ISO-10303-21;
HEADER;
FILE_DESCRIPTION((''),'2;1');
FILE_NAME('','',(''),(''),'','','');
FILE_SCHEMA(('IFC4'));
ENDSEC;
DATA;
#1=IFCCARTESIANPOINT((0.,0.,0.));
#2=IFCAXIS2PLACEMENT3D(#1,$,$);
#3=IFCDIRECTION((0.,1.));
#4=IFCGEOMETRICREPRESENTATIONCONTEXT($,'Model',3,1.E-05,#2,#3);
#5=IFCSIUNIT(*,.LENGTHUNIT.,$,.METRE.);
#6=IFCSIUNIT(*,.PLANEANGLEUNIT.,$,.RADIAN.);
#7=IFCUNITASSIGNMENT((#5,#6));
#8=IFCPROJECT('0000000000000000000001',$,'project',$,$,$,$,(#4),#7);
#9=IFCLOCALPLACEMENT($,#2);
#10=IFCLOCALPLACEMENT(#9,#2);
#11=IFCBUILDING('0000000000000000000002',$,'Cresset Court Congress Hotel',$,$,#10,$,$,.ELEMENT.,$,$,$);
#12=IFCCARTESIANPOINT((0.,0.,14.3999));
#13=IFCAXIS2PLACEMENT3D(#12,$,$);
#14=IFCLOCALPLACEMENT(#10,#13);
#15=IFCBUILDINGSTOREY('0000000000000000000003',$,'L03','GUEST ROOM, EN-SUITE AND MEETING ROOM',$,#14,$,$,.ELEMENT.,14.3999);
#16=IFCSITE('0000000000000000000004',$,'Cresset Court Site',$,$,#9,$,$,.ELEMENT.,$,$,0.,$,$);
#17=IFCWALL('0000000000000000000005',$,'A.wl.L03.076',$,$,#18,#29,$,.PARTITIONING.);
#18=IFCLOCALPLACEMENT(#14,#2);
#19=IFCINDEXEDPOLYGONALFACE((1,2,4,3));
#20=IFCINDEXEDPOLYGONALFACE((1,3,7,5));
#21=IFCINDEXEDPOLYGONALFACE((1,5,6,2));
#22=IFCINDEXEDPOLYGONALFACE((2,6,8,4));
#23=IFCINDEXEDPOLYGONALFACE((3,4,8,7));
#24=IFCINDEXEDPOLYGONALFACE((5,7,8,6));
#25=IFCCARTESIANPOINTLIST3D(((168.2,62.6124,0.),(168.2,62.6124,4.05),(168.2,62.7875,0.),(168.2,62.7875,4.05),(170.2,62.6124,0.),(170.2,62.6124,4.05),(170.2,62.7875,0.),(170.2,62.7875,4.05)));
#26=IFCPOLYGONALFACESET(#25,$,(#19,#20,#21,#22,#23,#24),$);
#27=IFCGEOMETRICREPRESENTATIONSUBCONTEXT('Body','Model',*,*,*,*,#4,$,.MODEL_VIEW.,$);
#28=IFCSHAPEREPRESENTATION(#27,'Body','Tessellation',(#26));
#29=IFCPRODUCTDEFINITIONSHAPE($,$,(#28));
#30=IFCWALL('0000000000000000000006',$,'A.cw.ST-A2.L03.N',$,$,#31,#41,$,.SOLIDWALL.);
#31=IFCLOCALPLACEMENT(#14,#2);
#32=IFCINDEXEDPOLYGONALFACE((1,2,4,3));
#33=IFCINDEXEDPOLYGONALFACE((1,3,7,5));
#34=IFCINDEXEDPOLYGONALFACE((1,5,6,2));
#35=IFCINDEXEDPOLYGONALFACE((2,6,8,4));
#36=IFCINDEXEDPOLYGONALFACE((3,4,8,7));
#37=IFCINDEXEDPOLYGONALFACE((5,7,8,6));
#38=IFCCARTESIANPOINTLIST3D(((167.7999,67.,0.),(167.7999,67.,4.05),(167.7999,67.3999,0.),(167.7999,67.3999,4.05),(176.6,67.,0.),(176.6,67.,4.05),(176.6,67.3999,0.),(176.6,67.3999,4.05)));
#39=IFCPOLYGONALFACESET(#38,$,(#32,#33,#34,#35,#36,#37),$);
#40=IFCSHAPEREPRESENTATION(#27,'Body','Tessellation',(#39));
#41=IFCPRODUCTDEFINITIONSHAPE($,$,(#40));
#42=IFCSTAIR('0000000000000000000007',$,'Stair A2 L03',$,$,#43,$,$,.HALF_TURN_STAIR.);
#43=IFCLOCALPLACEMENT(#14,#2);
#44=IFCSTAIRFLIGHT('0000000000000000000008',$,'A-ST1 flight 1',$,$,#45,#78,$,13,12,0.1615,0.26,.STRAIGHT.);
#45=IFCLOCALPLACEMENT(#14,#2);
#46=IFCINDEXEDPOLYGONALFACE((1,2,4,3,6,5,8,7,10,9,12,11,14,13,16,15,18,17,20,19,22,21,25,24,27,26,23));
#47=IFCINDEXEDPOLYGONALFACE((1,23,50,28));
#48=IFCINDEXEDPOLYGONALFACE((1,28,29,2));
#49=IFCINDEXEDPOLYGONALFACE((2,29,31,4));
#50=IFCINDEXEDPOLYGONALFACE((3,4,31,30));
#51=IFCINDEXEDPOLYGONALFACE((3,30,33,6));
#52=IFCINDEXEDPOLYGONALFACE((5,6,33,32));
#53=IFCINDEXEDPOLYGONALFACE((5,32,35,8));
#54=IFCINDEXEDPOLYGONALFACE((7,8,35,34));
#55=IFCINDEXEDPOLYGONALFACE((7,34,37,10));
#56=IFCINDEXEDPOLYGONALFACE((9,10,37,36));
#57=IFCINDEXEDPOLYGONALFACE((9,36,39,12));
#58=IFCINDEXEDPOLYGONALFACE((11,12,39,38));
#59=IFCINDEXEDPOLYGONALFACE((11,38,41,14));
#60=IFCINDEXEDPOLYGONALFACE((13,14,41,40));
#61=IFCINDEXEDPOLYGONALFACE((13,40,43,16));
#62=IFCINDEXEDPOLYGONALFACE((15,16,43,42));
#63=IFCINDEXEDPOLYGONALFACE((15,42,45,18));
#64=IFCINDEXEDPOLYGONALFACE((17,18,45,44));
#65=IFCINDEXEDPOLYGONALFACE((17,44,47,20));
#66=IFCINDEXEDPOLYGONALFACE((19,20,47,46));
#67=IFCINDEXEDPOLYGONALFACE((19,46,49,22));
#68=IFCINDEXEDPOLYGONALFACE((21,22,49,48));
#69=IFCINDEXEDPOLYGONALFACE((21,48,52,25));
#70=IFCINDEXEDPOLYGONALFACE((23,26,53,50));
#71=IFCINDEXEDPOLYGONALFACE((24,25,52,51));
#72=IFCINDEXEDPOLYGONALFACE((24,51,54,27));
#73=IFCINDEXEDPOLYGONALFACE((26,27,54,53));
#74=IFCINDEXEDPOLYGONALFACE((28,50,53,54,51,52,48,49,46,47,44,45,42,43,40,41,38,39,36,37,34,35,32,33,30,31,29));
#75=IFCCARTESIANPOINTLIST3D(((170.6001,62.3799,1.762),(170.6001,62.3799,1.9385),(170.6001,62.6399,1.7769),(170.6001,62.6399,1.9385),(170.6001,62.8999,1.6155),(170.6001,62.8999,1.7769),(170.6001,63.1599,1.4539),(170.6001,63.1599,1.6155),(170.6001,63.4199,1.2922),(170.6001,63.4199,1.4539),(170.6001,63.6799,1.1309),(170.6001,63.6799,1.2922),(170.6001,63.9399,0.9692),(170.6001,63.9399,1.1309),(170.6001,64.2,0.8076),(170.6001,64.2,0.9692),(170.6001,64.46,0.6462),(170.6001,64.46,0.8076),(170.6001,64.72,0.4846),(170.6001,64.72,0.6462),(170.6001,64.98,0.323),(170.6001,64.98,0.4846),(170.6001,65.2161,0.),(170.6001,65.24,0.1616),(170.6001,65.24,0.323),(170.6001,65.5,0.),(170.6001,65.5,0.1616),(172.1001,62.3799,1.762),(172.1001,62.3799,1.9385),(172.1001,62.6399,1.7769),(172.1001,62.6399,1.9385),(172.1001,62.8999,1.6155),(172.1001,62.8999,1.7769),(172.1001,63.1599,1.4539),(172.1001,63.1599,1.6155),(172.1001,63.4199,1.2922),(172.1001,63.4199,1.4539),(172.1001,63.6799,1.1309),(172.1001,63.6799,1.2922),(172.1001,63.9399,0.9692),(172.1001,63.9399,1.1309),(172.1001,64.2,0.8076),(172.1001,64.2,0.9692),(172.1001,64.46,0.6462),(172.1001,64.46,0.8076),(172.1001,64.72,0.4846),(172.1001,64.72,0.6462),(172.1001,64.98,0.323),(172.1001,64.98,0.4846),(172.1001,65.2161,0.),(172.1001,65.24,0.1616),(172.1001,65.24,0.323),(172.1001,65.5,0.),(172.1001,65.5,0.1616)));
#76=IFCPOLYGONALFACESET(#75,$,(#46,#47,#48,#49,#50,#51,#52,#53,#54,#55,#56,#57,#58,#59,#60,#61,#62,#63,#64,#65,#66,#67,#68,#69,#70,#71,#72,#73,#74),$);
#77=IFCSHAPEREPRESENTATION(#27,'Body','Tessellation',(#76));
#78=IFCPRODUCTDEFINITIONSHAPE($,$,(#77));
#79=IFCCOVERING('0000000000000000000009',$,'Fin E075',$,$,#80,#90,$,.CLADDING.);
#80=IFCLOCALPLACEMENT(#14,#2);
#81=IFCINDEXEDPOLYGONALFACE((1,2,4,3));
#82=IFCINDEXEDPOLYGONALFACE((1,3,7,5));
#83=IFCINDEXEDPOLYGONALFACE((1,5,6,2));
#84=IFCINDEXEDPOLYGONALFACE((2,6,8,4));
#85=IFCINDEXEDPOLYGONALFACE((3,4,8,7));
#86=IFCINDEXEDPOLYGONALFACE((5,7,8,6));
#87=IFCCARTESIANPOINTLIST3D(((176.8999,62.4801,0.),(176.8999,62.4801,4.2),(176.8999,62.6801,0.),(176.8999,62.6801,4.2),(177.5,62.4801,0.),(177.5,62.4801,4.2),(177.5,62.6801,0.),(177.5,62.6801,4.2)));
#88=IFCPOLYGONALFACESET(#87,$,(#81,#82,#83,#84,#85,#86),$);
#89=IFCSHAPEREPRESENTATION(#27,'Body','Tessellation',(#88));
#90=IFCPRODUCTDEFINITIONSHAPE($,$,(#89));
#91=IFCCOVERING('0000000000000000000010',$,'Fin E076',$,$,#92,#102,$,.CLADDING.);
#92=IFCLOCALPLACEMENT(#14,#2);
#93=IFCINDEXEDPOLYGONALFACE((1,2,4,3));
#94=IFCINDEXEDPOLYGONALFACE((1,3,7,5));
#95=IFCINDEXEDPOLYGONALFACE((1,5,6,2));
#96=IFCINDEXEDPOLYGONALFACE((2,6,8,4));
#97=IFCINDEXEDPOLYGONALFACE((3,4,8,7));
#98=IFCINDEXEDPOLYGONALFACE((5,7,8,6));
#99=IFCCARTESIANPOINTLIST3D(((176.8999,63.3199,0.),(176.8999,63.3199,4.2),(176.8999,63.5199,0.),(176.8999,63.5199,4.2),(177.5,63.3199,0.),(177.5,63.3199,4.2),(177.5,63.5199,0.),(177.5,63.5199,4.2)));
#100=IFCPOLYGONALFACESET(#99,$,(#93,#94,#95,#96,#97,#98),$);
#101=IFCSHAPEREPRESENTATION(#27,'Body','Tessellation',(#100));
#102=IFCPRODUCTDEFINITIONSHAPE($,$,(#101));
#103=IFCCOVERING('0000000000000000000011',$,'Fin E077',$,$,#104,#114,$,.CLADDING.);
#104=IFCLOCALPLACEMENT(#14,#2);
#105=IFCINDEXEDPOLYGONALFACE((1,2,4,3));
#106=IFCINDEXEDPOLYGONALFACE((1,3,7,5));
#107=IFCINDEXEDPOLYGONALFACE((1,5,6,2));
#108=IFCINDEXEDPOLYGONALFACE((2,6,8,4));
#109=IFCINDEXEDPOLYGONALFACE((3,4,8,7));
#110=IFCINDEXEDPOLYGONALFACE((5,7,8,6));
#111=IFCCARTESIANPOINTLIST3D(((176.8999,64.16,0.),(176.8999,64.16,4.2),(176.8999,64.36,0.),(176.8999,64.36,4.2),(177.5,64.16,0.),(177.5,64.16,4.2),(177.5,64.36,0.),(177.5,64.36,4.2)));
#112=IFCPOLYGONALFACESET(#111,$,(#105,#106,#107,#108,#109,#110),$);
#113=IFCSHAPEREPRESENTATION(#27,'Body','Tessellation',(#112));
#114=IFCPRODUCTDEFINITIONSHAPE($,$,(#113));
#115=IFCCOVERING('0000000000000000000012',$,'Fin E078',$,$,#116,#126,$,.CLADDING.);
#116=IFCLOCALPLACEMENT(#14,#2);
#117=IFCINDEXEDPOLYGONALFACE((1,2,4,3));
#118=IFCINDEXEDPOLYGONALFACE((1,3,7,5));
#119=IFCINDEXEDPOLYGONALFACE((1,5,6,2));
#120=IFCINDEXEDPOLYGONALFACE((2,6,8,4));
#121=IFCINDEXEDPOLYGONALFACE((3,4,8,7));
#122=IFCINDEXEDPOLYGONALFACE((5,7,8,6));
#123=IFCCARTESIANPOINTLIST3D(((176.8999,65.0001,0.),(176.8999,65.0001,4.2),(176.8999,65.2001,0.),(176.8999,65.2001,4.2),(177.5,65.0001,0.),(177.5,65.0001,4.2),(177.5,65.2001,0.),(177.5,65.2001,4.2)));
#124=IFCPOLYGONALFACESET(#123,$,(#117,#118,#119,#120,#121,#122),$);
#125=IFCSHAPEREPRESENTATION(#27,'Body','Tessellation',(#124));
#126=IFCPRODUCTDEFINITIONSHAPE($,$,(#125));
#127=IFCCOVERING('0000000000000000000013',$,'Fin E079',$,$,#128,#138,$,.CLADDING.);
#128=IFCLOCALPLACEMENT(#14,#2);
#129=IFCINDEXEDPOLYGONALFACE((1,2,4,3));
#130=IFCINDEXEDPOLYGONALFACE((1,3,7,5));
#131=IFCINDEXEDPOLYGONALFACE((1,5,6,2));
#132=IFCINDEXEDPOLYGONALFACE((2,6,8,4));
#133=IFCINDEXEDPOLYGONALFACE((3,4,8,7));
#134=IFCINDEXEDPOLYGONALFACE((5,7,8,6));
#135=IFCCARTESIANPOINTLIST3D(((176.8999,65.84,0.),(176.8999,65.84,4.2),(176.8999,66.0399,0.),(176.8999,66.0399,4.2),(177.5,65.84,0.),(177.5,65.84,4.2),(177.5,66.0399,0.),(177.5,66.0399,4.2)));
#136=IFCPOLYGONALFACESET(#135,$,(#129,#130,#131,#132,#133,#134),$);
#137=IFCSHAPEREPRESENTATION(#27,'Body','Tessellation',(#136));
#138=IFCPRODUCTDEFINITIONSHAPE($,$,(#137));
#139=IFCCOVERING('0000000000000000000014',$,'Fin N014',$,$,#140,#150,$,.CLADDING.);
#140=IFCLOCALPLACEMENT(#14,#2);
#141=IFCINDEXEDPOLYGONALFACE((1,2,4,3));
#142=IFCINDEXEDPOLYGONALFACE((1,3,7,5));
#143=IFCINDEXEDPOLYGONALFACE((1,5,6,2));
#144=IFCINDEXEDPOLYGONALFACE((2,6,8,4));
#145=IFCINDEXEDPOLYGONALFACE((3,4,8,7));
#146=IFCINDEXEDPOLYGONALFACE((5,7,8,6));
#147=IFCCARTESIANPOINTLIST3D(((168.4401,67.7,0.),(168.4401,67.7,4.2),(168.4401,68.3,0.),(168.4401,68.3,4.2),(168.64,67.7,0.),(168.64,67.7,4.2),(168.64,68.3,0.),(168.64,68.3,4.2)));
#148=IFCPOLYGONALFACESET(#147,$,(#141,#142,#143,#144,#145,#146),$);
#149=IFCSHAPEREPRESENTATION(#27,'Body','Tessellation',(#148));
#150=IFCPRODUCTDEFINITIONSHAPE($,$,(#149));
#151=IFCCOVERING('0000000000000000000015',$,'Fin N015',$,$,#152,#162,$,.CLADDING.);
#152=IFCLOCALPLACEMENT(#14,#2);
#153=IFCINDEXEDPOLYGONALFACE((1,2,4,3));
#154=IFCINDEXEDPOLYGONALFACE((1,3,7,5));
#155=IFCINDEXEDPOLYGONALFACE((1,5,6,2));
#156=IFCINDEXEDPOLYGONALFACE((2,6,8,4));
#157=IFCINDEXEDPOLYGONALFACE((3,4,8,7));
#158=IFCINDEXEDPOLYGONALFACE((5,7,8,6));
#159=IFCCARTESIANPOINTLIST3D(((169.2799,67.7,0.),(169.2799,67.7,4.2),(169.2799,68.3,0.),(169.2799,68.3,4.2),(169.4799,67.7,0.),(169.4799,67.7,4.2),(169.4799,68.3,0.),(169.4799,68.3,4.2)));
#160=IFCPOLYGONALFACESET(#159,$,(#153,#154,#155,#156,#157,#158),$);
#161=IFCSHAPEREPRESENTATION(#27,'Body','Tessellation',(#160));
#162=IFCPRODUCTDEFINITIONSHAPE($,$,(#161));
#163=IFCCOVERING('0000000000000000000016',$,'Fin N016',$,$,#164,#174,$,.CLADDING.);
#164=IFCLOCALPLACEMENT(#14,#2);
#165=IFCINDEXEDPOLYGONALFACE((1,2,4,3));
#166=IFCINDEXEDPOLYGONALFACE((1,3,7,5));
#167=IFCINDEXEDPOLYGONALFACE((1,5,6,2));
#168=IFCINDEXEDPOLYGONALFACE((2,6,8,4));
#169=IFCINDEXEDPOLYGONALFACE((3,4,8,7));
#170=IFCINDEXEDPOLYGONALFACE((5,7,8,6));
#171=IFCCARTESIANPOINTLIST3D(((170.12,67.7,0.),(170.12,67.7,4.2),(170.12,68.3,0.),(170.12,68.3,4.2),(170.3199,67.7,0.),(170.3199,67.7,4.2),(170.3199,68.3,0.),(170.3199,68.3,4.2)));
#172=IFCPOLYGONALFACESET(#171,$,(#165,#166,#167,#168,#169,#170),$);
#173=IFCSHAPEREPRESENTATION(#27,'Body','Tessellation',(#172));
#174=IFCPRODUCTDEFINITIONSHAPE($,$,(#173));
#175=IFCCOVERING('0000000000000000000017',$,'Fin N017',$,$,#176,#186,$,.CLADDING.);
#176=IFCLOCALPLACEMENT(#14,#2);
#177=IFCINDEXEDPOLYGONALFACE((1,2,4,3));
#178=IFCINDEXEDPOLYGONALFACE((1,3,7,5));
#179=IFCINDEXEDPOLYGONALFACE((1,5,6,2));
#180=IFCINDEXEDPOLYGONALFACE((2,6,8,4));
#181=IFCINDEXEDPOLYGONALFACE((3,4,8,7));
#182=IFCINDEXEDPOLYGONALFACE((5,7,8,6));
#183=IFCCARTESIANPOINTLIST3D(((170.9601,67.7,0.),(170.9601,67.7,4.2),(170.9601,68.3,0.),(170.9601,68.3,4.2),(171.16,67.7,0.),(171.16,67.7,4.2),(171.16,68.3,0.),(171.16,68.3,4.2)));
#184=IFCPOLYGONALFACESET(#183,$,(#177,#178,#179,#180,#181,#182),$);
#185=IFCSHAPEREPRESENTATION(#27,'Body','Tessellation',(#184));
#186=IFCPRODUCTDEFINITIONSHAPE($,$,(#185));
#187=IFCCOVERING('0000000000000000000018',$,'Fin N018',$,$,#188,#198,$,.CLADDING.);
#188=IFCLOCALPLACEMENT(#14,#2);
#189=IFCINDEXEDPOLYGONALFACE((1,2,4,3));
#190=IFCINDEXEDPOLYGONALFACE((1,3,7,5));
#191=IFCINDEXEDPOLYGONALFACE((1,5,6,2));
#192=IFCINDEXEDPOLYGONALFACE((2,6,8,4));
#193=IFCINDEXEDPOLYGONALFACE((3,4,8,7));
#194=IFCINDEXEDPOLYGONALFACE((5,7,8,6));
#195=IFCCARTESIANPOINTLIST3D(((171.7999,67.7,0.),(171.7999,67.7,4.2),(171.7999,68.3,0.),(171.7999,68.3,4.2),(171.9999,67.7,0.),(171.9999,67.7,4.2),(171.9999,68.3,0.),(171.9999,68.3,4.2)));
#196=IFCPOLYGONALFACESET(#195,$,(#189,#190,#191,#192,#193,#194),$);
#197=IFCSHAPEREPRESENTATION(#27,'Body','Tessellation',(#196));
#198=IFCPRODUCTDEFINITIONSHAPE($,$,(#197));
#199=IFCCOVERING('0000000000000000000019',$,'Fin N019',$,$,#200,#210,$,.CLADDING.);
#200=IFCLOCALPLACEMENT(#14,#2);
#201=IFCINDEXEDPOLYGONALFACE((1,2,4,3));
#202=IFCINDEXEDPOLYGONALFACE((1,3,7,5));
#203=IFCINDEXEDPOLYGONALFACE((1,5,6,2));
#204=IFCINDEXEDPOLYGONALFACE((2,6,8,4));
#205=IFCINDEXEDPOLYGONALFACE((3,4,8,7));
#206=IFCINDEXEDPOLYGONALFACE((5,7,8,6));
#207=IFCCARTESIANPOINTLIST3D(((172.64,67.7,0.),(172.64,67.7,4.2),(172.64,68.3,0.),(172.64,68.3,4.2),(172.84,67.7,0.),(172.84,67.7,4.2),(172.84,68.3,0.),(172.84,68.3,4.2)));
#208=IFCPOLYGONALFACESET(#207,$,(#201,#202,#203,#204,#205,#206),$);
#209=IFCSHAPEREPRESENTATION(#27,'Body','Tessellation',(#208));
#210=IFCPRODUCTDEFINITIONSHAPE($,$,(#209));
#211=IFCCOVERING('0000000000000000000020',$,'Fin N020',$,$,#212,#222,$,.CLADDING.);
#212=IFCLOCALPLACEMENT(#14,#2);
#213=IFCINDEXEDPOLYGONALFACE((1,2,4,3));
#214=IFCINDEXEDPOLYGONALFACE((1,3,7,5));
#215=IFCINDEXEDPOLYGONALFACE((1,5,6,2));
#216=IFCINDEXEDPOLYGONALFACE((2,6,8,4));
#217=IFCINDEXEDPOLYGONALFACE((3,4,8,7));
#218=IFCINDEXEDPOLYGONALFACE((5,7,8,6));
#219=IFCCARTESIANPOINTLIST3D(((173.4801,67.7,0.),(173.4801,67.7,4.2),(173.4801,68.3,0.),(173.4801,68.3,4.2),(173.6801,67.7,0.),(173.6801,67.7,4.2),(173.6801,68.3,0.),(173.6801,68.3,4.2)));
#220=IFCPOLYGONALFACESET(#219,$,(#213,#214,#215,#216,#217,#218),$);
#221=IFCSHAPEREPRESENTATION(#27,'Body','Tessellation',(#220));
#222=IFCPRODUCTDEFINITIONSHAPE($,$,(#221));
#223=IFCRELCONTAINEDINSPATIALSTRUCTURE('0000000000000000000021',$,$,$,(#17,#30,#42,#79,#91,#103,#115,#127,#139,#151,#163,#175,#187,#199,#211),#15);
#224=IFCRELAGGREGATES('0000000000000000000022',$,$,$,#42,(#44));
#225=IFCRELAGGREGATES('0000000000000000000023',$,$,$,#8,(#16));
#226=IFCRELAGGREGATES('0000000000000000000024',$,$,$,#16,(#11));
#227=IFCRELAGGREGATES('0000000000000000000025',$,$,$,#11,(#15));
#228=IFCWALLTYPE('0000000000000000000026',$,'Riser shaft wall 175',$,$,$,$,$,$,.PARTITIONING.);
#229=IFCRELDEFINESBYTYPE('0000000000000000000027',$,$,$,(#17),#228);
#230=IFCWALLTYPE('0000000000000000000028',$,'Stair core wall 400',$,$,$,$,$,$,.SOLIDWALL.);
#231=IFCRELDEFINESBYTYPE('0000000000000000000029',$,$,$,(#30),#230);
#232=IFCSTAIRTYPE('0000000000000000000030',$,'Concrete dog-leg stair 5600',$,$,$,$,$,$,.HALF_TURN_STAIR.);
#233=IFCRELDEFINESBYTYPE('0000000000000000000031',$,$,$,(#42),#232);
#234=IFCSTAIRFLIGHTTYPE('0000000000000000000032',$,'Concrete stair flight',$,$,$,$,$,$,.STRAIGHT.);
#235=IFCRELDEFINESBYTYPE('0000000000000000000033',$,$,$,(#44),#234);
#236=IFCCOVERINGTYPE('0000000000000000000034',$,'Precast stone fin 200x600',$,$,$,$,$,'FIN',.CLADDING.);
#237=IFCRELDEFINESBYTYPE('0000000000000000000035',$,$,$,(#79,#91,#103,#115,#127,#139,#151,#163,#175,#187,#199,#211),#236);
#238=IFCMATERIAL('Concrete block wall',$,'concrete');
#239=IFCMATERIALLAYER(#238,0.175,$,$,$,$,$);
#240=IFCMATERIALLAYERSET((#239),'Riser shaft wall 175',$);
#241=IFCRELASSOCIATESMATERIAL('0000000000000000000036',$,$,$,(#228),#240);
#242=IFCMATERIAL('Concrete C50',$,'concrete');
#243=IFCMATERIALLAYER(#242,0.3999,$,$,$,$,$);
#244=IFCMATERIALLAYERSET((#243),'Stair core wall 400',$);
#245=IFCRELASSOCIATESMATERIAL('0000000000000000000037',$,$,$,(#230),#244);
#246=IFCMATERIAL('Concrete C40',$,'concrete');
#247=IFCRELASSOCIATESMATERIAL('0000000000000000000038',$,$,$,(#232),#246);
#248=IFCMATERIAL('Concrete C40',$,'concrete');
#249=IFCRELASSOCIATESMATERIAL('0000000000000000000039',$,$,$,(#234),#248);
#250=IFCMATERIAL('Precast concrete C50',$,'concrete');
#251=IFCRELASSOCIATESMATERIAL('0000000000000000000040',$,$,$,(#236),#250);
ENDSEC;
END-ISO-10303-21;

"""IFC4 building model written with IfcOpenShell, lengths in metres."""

from ifc_helpers import new_model, si_unit, direction, frame, frame_2d, origin, origin_2d, place, context, subcontext, project, spatial, polyline, rectangle, outline, extrude, material, layer, layer_set, type_object, element, aggregate, save


model = new_model("IFC4")

# Units and contexts
model_context = context("Model", 3, precision=1e-05, world=origin(), true_north=direction((0.0, 1.0)))
body_context = subcontext(model_context, "Body", "Model", "MODEL_VIEW")
ifc_project = project(units=[si_unit("LENGTHUNIT", "METRE"), si_unit("PLANEANGLEUNIT", "RADIAN")], contexts=[model_context])

# Site, building, storey
site_placement = place(None, origin())
site = spatial("IfcSite", under=ifc_project, at=site_placement, Name="Cresset Court Site", CompositionType="ELEMENT", RefElevation=0.0)
building_placement = place(site_placement, origin())
building = spatial("IfcBuilding", under=site, at=building_placement, Name="Cresset Court Congress Hotel", CompositionType="ELEMENT")
storey_placement = place(building_placement, frame((0.0, 0.0, 14.3999)))
storey = spatial("IfcBuildingStorey", under=building, at=storey_placement, Name="L03", Description="GUEST ROOM, EN-SUITE AND MEETING ROOM", CompositionType="ELEMENT", Elevation=14.3999)

# Walls
ifc_material_1 = material(Name="Concrete block wall", Category="concrete")
ifc_layer_1 = layer(ifc_material_1, 0.175)
ifc_layer_set_1 = layer_set([ifc_layer_1], Name="Riser shaft wall 175")
wall_type_1 = type_object("IfcWallType", Name="Riser shaft wall 175", PredefinedType="PARTITIONING", material=ifc_layer_set_1)
wall_1_placement = place(storey_placement, frame((168.2, 62.7, 0.0), z_axis=(0.0, 0.0, 1.0), x_axis=(1.0, 0.0, 0.0)))
element("IfcWall", 1, at=wall_1_placement, inside=storey, type_object=wall_type_1, Name="A.wl.L03.076", PredefinedType="PARTITIONING", context=body_context, shape_type="SweptSolid", body=[
    extrude(rectangle(XDim=2.0, YDim=0.175, at=frame_2d((1.0, 0.0))), origin(), (0.0, 0.0, 1.0), 4.05),
])
ifc_material_2 = material(Name="Concrete C50", Category="concrete")
ifc_layer_2 = layer(ifc_material_2, 0.3999)
ifc_layer_set_2 = layer_set([ifc_layer_2], Name="Stair core wall 400")
wall_type_2 = type_object("IfcWallType", Name="Stair core wall 400", PredefinedType="SOLIDWALL", material=ifc_layer_set_2)
wall_2_placement = place(storey_placement, frame((167.8, 67.2, 0.0), z_axis=(0.0, 0.0, 1.0), x_axis=(1.0, 0.0, 0.0)))
element("IfcWall", 2, at=wall_2_placement, inside=storey, type_object=wall_type_2, Name="A.cw.ST-A2.L03.N", PredefinedType="SOLIDWALL", context=body_context, shape_type="SweptSolid", body=[
    extrude(rectangle(XDim=8.8, YDim=0.3999, at=frame_2d((4.3999, 0.0))), origin(), (0.0, 0.0, 1.0), 4.05),
])

# Stair, stair flight
ifc_material_3 = material(Name="Concrete C40", Category="concrete")
stair_type = type_object("IfcStairType", Name="Concrete dog-leg stair 5600", PredefinedType="HALF_TURN_STAIR", material=ifc_material_3)
stair_placement = place(storey_placement, origin())
stair = element("IfcStair", 3, at=stair_placement, inside=storey, type_object=stair_type, Name="Stair A2 L03", PredefinedType="HALF_TURN_STAIR")
ifc_material_4 = material(Name="Concrete C40", Category="concrete")
stair_flight_type = type_object("IfcStairFlightType", Name="Concrete stair flight", PredefinedType="STRAIGHT", material=ifc_material_4)
stair_flight_placement = place(storey_placement, frame((171.3501, 65.5, 0.0), z_axis=(0.0, 0.0, 1.0), x_axis=(0.0, -1.0, 0.0)))
stair_flight = element("IfcStairFlight", 4, at=stair_flight_placement, type_object=stair_flight_type, Name="A-ST1 flight 1", NumberOfRisers=13, NumberOfTreads=12, PredefinedType="STRAIGHT", RiserHeight=0.1615, TreadLength=0.26, context=body_context, shape_type="SweptSolid", body=[
    extrude(outline(polyline([(0.0, 0.0), (0.0, 0.1616), (0.26, 0.1616), (0.26, 0.323), (0.52, 0.323), (0.52, 0.4846), (0.78, 0.4846), (0.78, 0.6462), (1.04, 0.6462), (1.04, 0.8076), (1.3, 0.8076), (1.3, 0.9692), (1.5601, 0.9692), (1.5601, 1.1309), (1.8201, 1.1309), (1.8201, 1.2922), (2.0801, 1.2922), (2.0801, 1.4539), (2.3401, 1.4539), (2.3401, 1.6155), (2.6001, 1.6155), (2.6001, 1.7769), (2.8601, 1.7769), (2.8601, 1.9385), (3.1201, 1.9385), (3.1201, 2.1001), (3.1201, 1.762), (0.2839, 0.0), (0.0, 0.0)])), frame((0.0, 0.75, 0.0), z_axis=(0.0, -1.0, 0.0), x_axis=(1.0, 0.0, 0.0)), (0.0, 0.0, 1.0), 1.5),
])
aggregate(stair, [stair_flight])

# Coverings
ifc_material_5 = material(Name="Precast concrete C50", Category="concrete")
covering_type_1 = type_object("IfcCoveringType", Name="Precast stone fin 200x600", ElementType="FIN", PredefinedType="CLADDING", material=ifc_material_5)
for number, where, z_axis, x_axis, name in (
    (5, (177.2, 62.5801, 0.0), (0.0, 0.0, 1.0), (1.0, 0.0, 0.0), "Fin E075"),
    (6, (177.2, 63.4199, 0.0), (0.0, 0.0, 1.0), (1.0, 0.0, 0.0), "Fin E076"),
    (7, (177.2, 64.26, 0.0), (0.0, 0.0, 1.0), (1.0, 0.0, 0.0), "Fin E077"),
    (8, (177.2, 65.1001, 0.0), (0.0, 0.0, 1.0), (1.0, 0.0, 0.0), "Fin E078"),
    (9, (177.2, 65.9399, 0.0), (0.0, 0.0, 1.0), (1.0, 0.0, 0.0), "Fin E079"),
):
    element("IfcCovering", number, at=place(storey_placement, frame(where, z_axis=z_axis, x_axis=x_axis)), inside=storey, type_object=covering_type_1, Name=name, PredefinedType="CLADDING", context=body_context, shape_type="SweptSolid", body=[
        extrude(rectangle(XDim=0.6001, YDim=0.2, at=origin_2d()), origin(), (0.0, 0.0, 1.0), 4.2),
    ])
for number, where, z_axis, x_axis, name in (
    (10, (168.54, 68.0, 0.0), (0.0, 0.0, 1.0), (1.0, 0.0, 0.0), "Fin N014"),
    (11, (169.3799, 68.0, 0.0), (0.0, 0.0, 1.0), (1.0, 0.0, 0.0), "Fin N015"),
    (12, (170.22, 68.0, 0.0), (0.0, 0.0, 1.0), (1.0, 0.0, 0.0), "Fin N016"),
    (13, (171.0601, 68.0, 0.0), (0.0, 0.0, 1.0), (1.0, 0.0, 0.0), "Fin N017"),
    (14, (171.8999, 68.0, 0.0), (0.0, 0.0, 1.0), (1.0, 0.0, 0.0), "Fin N018"),
    (15, (172.74, 68.0, 0.0), (0.0, 0.0, 1.0), (1.0, 0.0, 0.0), "Fin N019"),
    (16, (173.5801, 68.0, 0.0), (0.0, 0.0, 1.0), (1.0, 0.0, 0.0), "Fin N020"),
):
    element("IfcCovering", number, at=place(storey_placement, frame(where, z_axis=z_axis, x_axis=x_axis)), inside=storey, type_object=covering_type_1, Name=name, PredefinedType="CLADDING", context=body_context, shape_type="SweptSolid", body=[
        extrude(rectangle(XDim=0.2, YDim=0.6001, at=origin_2d()), origin(), (0.0, 0.0, 1.0), 4.2),
    ])

save(model, "model.ifc")
